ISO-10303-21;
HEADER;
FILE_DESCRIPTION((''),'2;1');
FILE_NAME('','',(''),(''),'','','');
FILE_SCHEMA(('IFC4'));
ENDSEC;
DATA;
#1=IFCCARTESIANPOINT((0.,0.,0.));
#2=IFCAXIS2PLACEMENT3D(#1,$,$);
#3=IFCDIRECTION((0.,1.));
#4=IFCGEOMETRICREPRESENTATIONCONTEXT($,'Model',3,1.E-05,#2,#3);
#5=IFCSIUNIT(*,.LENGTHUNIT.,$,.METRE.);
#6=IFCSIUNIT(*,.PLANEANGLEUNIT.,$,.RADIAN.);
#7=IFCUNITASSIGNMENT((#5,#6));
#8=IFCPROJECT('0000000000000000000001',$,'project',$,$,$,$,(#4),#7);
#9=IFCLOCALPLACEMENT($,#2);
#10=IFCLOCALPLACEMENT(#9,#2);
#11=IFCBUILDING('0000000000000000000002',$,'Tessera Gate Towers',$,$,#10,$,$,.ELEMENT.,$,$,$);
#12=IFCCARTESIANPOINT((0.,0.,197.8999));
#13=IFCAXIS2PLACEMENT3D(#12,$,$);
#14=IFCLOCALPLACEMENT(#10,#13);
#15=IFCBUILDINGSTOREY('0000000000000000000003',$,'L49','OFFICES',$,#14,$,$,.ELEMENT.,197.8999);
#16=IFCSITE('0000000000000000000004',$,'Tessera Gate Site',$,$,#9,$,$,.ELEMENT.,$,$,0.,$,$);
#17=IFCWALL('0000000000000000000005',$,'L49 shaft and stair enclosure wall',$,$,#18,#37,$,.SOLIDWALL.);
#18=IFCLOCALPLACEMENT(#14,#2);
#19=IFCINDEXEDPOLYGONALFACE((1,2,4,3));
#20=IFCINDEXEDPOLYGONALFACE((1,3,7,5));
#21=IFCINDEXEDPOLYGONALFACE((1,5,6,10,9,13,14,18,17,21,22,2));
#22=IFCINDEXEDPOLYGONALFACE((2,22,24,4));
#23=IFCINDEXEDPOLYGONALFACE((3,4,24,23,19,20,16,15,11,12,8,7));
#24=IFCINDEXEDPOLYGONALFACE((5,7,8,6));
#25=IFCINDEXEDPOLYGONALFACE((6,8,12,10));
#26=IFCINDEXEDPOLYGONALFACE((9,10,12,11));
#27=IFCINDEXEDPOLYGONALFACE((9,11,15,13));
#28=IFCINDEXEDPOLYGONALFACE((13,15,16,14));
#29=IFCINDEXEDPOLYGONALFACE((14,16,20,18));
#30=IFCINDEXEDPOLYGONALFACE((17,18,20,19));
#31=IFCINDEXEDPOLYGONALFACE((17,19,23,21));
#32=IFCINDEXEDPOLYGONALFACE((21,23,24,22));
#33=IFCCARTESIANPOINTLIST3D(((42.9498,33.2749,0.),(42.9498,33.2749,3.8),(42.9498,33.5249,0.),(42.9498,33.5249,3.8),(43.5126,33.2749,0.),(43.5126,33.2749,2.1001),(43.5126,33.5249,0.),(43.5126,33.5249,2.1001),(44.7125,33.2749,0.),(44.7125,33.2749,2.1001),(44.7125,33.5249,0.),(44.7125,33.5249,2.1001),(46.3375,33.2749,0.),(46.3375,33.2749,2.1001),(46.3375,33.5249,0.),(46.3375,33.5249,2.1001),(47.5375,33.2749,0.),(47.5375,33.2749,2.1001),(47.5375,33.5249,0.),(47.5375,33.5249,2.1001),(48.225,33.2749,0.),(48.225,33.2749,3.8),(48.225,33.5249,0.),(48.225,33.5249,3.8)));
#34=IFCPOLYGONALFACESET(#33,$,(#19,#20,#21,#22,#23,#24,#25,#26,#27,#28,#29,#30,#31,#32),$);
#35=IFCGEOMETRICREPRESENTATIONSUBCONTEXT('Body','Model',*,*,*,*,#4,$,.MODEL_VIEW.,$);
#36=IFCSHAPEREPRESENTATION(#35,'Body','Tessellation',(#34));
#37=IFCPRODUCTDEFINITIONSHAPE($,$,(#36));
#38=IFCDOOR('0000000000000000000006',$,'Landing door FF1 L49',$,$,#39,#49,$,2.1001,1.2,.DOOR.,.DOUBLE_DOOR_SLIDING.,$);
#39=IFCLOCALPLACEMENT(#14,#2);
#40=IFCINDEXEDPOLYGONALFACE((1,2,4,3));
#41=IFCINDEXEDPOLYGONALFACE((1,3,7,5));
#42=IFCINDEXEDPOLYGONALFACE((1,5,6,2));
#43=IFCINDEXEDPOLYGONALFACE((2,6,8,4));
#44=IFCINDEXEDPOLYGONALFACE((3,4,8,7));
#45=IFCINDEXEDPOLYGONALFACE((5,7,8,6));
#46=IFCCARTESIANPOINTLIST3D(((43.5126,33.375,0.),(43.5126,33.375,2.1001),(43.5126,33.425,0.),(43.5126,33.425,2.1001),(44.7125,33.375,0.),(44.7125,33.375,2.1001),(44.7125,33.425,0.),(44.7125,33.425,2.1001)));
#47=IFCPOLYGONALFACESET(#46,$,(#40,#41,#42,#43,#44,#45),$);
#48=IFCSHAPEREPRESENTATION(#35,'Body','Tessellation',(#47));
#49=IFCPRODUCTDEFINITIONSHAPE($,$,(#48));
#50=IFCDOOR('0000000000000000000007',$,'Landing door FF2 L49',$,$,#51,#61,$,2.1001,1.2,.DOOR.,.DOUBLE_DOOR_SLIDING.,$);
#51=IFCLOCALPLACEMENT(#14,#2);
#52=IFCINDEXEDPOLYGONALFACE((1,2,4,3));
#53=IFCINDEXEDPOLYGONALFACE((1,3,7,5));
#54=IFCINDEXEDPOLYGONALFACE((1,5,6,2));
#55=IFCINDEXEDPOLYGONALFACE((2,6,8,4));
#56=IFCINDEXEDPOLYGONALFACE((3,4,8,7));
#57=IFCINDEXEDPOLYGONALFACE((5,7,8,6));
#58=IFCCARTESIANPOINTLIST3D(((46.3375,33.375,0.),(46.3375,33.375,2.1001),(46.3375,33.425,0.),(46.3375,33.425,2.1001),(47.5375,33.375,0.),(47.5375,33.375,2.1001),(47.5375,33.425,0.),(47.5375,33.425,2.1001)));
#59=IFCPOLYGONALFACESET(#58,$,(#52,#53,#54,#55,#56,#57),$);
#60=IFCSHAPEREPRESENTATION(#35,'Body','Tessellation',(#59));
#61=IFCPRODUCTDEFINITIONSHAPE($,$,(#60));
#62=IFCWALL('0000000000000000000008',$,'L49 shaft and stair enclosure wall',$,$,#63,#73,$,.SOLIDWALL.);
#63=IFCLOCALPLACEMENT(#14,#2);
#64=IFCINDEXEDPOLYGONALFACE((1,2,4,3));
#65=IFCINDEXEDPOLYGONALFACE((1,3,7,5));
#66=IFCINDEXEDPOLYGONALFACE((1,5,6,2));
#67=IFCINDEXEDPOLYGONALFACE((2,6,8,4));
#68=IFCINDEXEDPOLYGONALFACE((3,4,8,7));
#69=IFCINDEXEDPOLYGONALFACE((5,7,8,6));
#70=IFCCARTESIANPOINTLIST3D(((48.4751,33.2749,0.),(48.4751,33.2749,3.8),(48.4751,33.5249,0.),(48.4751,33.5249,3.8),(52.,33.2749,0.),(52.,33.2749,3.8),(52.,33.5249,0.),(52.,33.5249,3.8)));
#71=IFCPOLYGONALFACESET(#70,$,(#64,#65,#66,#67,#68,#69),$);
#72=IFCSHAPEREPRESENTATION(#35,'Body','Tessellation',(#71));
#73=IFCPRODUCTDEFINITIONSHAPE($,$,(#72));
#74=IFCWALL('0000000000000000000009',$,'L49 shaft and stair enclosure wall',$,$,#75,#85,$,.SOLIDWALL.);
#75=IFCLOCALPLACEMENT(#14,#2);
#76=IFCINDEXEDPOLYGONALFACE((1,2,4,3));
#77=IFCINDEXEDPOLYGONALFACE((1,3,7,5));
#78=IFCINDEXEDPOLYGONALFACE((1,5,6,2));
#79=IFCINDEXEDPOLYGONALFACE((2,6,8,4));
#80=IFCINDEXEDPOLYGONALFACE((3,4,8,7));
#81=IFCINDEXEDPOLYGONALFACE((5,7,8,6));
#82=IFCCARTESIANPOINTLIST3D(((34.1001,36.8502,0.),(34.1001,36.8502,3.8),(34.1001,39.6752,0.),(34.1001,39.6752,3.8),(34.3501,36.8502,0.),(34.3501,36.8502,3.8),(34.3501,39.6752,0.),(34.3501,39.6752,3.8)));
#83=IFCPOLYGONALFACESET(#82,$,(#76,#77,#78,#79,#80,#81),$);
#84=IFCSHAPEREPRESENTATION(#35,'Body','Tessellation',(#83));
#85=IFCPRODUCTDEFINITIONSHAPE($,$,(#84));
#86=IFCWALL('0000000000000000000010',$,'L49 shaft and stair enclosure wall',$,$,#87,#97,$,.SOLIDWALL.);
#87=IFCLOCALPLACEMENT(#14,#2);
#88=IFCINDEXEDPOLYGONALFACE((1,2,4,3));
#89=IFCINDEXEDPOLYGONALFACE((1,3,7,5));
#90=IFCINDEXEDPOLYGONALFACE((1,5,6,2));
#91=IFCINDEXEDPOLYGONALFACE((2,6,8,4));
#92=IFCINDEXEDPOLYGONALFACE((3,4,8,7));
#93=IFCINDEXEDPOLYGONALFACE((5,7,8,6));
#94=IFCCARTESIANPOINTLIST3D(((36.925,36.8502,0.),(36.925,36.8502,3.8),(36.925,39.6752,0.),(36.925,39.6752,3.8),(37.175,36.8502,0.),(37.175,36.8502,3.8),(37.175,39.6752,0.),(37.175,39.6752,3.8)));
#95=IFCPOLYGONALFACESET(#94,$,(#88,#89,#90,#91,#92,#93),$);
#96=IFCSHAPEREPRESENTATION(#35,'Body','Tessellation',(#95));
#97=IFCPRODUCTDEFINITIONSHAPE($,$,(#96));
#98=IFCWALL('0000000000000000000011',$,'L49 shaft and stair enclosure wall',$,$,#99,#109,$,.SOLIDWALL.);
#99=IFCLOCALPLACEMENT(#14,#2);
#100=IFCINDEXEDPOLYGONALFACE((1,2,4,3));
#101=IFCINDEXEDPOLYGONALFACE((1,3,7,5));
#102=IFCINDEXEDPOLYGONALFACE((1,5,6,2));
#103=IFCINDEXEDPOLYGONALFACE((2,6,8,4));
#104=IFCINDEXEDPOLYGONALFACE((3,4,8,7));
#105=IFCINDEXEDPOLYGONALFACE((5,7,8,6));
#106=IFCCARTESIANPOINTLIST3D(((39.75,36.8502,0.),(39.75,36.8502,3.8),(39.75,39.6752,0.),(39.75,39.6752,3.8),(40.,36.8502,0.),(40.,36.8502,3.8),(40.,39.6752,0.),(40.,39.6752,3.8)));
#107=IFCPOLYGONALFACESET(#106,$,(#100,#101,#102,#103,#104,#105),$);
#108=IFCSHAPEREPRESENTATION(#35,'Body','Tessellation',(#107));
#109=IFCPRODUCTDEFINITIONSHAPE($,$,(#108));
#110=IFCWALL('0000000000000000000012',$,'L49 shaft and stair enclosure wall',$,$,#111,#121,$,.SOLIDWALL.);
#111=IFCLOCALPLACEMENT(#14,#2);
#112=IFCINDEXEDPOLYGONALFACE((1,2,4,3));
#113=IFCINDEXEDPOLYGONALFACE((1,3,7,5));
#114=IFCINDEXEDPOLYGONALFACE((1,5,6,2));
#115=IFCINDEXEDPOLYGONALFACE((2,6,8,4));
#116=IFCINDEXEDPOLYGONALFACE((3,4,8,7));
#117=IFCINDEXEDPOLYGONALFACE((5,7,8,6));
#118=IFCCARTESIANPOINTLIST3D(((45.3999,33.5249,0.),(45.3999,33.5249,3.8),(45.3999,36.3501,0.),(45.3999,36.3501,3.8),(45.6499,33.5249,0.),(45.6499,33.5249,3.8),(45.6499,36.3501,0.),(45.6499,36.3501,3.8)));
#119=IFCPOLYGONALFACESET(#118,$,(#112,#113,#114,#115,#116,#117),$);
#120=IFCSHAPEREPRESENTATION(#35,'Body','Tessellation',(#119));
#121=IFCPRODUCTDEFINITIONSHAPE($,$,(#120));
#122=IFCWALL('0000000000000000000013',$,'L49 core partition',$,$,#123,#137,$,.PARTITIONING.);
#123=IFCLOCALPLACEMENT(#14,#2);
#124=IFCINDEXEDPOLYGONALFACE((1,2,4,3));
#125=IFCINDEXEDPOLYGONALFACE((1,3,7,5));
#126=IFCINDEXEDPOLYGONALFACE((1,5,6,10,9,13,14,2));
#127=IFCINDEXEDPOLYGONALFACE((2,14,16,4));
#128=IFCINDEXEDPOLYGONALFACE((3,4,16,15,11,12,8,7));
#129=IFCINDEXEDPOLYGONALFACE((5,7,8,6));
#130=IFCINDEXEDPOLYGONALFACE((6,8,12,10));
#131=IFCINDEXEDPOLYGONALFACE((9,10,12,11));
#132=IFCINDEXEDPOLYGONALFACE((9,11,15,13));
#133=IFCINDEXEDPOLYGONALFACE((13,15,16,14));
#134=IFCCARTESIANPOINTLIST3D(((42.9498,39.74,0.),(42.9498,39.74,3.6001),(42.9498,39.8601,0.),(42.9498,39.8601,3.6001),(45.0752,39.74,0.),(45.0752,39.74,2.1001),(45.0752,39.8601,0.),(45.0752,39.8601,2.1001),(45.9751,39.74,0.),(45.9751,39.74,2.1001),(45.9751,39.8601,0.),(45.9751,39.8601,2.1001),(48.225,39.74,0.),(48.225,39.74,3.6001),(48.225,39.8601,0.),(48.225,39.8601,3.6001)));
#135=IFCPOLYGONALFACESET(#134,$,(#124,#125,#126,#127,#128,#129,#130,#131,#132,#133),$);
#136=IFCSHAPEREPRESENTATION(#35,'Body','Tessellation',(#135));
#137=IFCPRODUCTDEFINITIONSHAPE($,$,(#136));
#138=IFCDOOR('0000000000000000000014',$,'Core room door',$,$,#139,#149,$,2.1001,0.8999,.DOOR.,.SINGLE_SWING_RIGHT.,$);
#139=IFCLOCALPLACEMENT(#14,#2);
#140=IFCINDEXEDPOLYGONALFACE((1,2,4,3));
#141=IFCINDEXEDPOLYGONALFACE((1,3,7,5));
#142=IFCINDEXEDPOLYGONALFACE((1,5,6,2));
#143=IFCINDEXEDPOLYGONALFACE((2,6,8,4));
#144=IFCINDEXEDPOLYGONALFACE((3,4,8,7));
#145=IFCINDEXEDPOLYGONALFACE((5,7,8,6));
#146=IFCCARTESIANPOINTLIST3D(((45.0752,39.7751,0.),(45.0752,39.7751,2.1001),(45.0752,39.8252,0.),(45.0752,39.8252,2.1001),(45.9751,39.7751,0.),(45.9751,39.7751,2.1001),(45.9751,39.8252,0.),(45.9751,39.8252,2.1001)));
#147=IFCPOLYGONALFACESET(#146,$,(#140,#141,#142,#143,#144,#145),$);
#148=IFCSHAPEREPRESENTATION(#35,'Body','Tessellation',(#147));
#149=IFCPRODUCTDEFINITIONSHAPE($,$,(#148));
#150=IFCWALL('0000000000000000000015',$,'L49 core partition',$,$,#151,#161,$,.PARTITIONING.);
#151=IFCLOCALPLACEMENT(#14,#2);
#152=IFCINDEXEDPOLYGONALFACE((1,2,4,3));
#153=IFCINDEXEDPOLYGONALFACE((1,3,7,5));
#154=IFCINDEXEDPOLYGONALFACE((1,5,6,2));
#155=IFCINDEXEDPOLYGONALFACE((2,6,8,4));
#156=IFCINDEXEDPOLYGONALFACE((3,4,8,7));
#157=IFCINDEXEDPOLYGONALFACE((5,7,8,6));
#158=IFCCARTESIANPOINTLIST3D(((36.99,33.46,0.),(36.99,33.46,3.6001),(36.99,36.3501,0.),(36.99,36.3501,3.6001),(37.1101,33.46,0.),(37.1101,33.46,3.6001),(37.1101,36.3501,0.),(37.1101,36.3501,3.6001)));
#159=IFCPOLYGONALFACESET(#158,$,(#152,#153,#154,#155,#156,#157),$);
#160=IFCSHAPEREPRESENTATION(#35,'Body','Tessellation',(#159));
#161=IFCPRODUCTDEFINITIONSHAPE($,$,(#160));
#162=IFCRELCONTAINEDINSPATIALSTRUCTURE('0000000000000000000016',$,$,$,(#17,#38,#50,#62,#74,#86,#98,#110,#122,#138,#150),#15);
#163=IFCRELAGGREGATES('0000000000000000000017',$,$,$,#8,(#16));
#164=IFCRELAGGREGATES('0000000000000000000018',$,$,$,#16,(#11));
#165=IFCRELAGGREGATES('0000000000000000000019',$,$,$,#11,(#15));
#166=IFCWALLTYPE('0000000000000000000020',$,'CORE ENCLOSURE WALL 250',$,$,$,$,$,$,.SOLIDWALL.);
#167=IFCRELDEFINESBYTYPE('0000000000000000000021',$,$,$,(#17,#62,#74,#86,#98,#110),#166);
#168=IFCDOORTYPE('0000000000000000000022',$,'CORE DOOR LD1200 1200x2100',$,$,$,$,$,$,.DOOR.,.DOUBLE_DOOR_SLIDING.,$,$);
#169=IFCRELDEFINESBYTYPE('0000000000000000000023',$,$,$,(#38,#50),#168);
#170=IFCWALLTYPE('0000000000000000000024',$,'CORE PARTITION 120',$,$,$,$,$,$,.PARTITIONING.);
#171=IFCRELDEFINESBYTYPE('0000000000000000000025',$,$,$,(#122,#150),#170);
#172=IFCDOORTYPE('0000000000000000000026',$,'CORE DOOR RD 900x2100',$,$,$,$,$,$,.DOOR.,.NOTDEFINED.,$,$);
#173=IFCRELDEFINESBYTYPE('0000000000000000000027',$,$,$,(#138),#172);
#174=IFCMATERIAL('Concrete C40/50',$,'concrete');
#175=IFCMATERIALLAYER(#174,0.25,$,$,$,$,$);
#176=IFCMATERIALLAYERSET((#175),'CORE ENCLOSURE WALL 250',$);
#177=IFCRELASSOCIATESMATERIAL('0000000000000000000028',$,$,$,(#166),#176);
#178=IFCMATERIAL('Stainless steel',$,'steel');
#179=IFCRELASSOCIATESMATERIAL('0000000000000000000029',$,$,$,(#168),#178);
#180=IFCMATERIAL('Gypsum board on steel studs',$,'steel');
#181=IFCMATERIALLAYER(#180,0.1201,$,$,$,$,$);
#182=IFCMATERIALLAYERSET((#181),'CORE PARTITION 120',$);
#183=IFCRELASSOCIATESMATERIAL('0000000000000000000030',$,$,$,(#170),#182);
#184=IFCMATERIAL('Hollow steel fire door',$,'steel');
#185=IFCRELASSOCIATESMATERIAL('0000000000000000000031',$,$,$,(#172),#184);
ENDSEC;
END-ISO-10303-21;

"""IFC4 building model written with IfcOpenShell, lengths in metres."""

from ifc_helpers import new_model, si_unit, direction, frame, frame_2d, origin, place, context, subcontext, project, spatial, rectangle, extrude, source, transform, mapped, material, layer, layer_set, type_object, element, fill, save


model = new_model("IFC4")

# Units and contexts
model_context = context("Model", 3, precision=1e-05, world=origin(), true_north=direction((0.0, 1.0)))
body_context = subcontext(model_context, "Body", "Model", "MODEL_VIEW")
ifc_project = project(units=[si_unit("LENGTHUNIT", "METRE"), si_unit("PLANEANGLEUNIT", "RADIAN")], contexts=[model_context])

# Site, building, storey
site_placement = place(None, origin())
site = spatial("IfcSite", under=ifc_project, at=site_placement, Name="Tessera Gate Site", CompositionType="ELEMENT", RefElevation=0.0)
building_placement = place(site_placement, origin())
building = spatial("IfcBuilding", under=site, at=building_placement, Name="Tessera Gate Towers", CompositionType="ELEMENT")
storey_placement = place(building_placement, frame((0.0, 0.0, 197.8999)))
storey = spatial("IfcBuildingStorey", under=building, at=storey_placement, Name="L49", Description="OFFICES", CompositionType="ELEMENT", Elevation=197.8999)

# Shared definitions
ifc_material_1 = material(Name="Concrete C40/50", Category="concrete")
ifc_layer_1 = layer(ifc_material_1, 0.25)
ifc_layer_set_1 = layer_set([ifc_layer_1], Name="CORE ENCLOSURE WALL 250")
wall_type_1 = type_object("IfcWallType", Name="CORE ENCLOSURE WALL 250", PredefinedType="SOLIDWALL", material=ifc_layer_set_1)

# Shared definitions
shared_shape_1 = source(origin(), body_context, "Body", "SweptSolid", [
    extrude(rectangle(XDim=1.2, YDim=2.1001, at=frame_2d((0.6001, 1.05))), frame((0.0, 0.135, 0.0), z_axis=(0.0, -1.0, 0.0), x_axis=(1.0, 0.0, 0.0)), (0.0, 0.0, 1.0), 0.27),
])
shared_shape_2 = source(origin(), body_context, "Body", "SweptSolid", [
    extrude(rectangle(XDim=1.2, YDim=2.1001, at=frame_2d((0.6001, 1.05))), frame((0.0, 0.0249, 0.0), z_axis=(0.0, -1.0, 0.0), x_axis=(1.0, 0.0, 0.0)), (0.0, 0.0, 1.0), 0.05),
])

# Wall, openings, doors
wall_1_placement = place(storey_placement, frame((48.2251, 33.3999, 0.0), z_axis=(0.0, 0.0, 1.0), x_axis=(-1.0, 0.0, 0.0)))
wall_1 = element("IfcWall", 1, at=wall_1_placement, inside=storey, type_object=wall_type_1, Name="L49 shaft and stair enclosure wall", PredefinedType="SOLIDWALL", context=body_context, shape_type="SweptSolid", body=[
    extrude(rectangle(XDim=5.2751, YDim=0.25, at=frame_2d((2.6377, 0.0))), origin(), (0.0, 0.0, 1.0), 3.8),
])
opening_1_placement = place(wall_1_placement, frame((3.5125, 0.0, 0.0)))
opening_1 = element("IfcOpeningElement", 2, at=opening_1_placement, cuts=wall_1, PredefinedType="OPENING", context=body_context, shape_type="MappedRepresentation", body=[
    mapped(shared_shape_1, transform((0.0, 0.0, 0.0), scale=1.0)),
])
opening_2_placement = place(wall_1_placement, frame((0.6875, 0.0, 0.0)))
opening_2 = element("IfcOpeningElement", 3, at=opening_2_placement, cuts=wall_1, PredefinedType="OPENING", context=body_context, shape_type="MappedRepresentation", body=[
    mapped(shared_shape_1, transform((0.0, 0.0, 0.0), scale=1.0)),
])
ifc_material_2 = material(Name="Stainless steel", Category="steel")
door_type_1 = type_object("IfcDoorType", Name="CORE DOOR LD1200 1200x2100", OperationType="DOUBLE_DOOR_SLIDING", PredefinedType="DOOR", material=ifc_material_2)
door_1_placement = place(opening_1_placement, origin())
door_1 = element("IfcDoor", 4, at=door_1_placement, inside=storey, type_object=door_type_1, Name="Landing door FF1 L49", OperationType="DOUBLE_DOOR_SLIDING", OverallHeight=2.1001, OverallWidth=1.2, PredefinedType="DOOR", context=body_context, shape_type="MappedRepresentation", body=[
    mapped(shared_shape_2, transform((0.0, 0.0, 0.0), scale=1.0)),
])
fill(opening_1, door_1)
door_2_placement = place(opening_2_placement, origin())
door_2 = element("IfcDoor", 5, at=door_2_placement, inside=storey, type_object=door_type_1, Name="Landing door FF2 L49", OperationType="DOUBLE_DOOR_SLIDING", OverallHeight=2.1001, OverallWidth=1.2, PredefinedType="DOOR", context=body_context, shape_type="MappedRepresentation", body=[
    mapped(shared_shape_2, transform((0.0, 0.0, 0.0), scale=1.0)),
])
fill(opening_2, door_2)

# Walls
wall_2_placement = place(storey_placement, frame((48.4751, 33.3999, 0.0), z_axis=(0.0, 0.0, 1.0), x_axis=(1.0, 0.0, 0.0)))
element("IfcWall", 6, at=wall_2_placement, inside=storey, type_object=wall_type_1, Name="L49 shaft and stair enclosure wall", PredefinedType="SOLIDWALL", context=body_context, shape_type="SweptSolid", body=[
    extrude(rectangle(XDim=3.5249, YDim=0.25, at=frame_2d((1.7625, 0.0))), origin(), (0.0, 0.0, 1.0), 3.8),
])
for number, where, z_axis, x_axis, name in (
    (7, (34.2251, 36.8501, 0.0), (0.0, 0.0, 1.0), (0.0, 1.0, 0.0), "L49 shaft and stair enclosure wall"),
    (8, (37.05, 36.8501, 0.0), (0.0, 0.0, 1.0), (0.0, 1.0, 0.0), "L49 shaft and stair enclosure wall"),
    (9, (39.875, 36.8501, 0.0), (0.0, 0.0, 1.0), (0.0, 1.0, 0.0), "L49 shaft and stair enclosure wall"),
):
    element("IfcWall", number, at=place(storey_placement, frame(where, z_axis=z_axis, x_axis=x_axis)), inside=storey, type_object=wall_type_1, Name=name, PredefinedType="SOLIDWALL", context=body_context, shape_type="SweptSolid", body=[
        extrude(rectangle(XDim=2.825, YDim=0.25, at=frame_2d((1.4126, 0.0))), origin(), (0.0, 0.0, 1.0), 3.8),
    ])
wall_3_placement = place(storey_placement, frame((45.5249, 33.5249, 0.0), z_axis=(0.0, 0.0, 1.0), x_axis=(0.0, 1.0, 0.0)))
element("IfcWall", 10, at=wall_3_placement, inside=storey, type_object=wall_type_1, Name="L49 shaft and stair enclosure wall", PredefinedType="SOLIDWALL", context=body_context, shape_type="SweptSolid", body=[
    extrude(rectangle(XDim=2.8252, YDim=0.25, at=frame_2d((1.4126, 0.0))), origin(), (0.0, 0.0, 1.0), 3.8),
])

# Wall, opening, door
ifc_material_3 = material(Name="Gypsum board on steel studs", Category="steel")
ifc_layer_2 = layer(ifc_material_3, 0.1201)
ifc_layer_set_2 = layer_set([ifc_layer_2], Name="CORE PARTITION 120")
wall_type_2 = type_object("IfcWallType", Name="CORE PARTITION 120", PredefinedType="PARTITIONING", material=ifc_layer_set_2)
wall_4_placement = place(storey_placement, frame((48.2251, 39.8, 0.0), z_axis=(0.0, 0.0, 1.0), x_axis=(-1.0, 0.0, 0.0)))
wall_4 = element("IfcWall", 11, at=wall_4_placement, inside=storey, type_object=wall_type_2, Name="L49 core partition", PredefinedType="PARTITIONING", context=body_context, shape_type="SweptSolid", body=[
    extrude(rectangle(XDim=5.2751, YDim=0.1201, at=frame_2d((2.6377, 0.0))), origin(), (0.0, 0.0, 1.0), 3.6001),
])
shared_shape_3 = source(origin(), body_context, "Body", "SweptSolid", [
    extrude(rectangle(XDim=0.8999, YDim=2.1001, at=frame_2d((0.45, 1.05))), frame((0.0, 0.0701, 0.0), z_axis=(0.0, -1.0, 0.0), x_axis=(1.0, 0.0, 0.0)), (0.0, 0.0, 1.0), 0.1401),
])
opening_3_placement = place(wall_4_placement, frame((2.25, 0.0, 0.0)))
opening_3 = element("IfcOpeningElement", 12, at=opening_3_placement, cuts=wall_4, PredefinedType="OPENING", context=body_context, shape_type="MappedRepresentation", body=[
    mapped(shared_shape_3, transform((0.0, 0.0, 0.0), scale=1.0)),
])
ifc_material_4 = material(Name="Hollow steel fire door", Category="steel")
door_type_2 = type_object("IfcDoorType", Name="CORE DOOR RD 900x2100", OperationType="NOTDEFINED", PredefinedType="DOOR", material=ifc_material_4)
shared_shape_4 = source(origin(), body_context, "Body", "SweptSolid", [
    extrude(rectangle(XDim=0.8999, YDim=2.1001, at=frame_2d((0.45, 1.05))), frame((0.0, 0.0249, 0.0), z_axis=(0.0, -1.0, 0.0), x_axis=(1.0, 0.0, 0.0)), (0.0, 0.0, 1.0), 0.05),
])
door_3_placement = place(opening_3_placement, origin())
door_3 = element("IfcDoor", 13, at=door_3_placement, inside=storey, type_object=door_type_2, Name="Core room door", OperationType="SINGLE_SWING_RIGHT", OverallHeight=2.1001, OverallWidth=0.8999, PredefinedType="DOOR", context=body_context, shape_type="MappedRepresentation", body=[
    mapped(shared_shape_4, transform((0.0, 0.0, 0.0), scale=1.0)),
])
fill(opening_3, door_3)

# Wall
wall_5_placement = place(storey_placement, frame((37.05, 33.46, 0.0), z_axis=(0.0, 0.0, 1.0), x_axis=(0.0, 1.0, 0.0)))
element("IfcWall", 14, at=wall_5_placement, inside=storey, type_object=wall_type_2, Name="L49 core partition", PredefinedType="PARTITIONING", context=body_context, shape_type="SweptSolid", body=[
    extrude(rectangle(XDim=2.8901, YDim=0.1201, at=frame_2d((1.4451, 0.0))), origin(), (0.0, 0.0, 1.0), 3.6001),
])

save(model, "model.ifc")
